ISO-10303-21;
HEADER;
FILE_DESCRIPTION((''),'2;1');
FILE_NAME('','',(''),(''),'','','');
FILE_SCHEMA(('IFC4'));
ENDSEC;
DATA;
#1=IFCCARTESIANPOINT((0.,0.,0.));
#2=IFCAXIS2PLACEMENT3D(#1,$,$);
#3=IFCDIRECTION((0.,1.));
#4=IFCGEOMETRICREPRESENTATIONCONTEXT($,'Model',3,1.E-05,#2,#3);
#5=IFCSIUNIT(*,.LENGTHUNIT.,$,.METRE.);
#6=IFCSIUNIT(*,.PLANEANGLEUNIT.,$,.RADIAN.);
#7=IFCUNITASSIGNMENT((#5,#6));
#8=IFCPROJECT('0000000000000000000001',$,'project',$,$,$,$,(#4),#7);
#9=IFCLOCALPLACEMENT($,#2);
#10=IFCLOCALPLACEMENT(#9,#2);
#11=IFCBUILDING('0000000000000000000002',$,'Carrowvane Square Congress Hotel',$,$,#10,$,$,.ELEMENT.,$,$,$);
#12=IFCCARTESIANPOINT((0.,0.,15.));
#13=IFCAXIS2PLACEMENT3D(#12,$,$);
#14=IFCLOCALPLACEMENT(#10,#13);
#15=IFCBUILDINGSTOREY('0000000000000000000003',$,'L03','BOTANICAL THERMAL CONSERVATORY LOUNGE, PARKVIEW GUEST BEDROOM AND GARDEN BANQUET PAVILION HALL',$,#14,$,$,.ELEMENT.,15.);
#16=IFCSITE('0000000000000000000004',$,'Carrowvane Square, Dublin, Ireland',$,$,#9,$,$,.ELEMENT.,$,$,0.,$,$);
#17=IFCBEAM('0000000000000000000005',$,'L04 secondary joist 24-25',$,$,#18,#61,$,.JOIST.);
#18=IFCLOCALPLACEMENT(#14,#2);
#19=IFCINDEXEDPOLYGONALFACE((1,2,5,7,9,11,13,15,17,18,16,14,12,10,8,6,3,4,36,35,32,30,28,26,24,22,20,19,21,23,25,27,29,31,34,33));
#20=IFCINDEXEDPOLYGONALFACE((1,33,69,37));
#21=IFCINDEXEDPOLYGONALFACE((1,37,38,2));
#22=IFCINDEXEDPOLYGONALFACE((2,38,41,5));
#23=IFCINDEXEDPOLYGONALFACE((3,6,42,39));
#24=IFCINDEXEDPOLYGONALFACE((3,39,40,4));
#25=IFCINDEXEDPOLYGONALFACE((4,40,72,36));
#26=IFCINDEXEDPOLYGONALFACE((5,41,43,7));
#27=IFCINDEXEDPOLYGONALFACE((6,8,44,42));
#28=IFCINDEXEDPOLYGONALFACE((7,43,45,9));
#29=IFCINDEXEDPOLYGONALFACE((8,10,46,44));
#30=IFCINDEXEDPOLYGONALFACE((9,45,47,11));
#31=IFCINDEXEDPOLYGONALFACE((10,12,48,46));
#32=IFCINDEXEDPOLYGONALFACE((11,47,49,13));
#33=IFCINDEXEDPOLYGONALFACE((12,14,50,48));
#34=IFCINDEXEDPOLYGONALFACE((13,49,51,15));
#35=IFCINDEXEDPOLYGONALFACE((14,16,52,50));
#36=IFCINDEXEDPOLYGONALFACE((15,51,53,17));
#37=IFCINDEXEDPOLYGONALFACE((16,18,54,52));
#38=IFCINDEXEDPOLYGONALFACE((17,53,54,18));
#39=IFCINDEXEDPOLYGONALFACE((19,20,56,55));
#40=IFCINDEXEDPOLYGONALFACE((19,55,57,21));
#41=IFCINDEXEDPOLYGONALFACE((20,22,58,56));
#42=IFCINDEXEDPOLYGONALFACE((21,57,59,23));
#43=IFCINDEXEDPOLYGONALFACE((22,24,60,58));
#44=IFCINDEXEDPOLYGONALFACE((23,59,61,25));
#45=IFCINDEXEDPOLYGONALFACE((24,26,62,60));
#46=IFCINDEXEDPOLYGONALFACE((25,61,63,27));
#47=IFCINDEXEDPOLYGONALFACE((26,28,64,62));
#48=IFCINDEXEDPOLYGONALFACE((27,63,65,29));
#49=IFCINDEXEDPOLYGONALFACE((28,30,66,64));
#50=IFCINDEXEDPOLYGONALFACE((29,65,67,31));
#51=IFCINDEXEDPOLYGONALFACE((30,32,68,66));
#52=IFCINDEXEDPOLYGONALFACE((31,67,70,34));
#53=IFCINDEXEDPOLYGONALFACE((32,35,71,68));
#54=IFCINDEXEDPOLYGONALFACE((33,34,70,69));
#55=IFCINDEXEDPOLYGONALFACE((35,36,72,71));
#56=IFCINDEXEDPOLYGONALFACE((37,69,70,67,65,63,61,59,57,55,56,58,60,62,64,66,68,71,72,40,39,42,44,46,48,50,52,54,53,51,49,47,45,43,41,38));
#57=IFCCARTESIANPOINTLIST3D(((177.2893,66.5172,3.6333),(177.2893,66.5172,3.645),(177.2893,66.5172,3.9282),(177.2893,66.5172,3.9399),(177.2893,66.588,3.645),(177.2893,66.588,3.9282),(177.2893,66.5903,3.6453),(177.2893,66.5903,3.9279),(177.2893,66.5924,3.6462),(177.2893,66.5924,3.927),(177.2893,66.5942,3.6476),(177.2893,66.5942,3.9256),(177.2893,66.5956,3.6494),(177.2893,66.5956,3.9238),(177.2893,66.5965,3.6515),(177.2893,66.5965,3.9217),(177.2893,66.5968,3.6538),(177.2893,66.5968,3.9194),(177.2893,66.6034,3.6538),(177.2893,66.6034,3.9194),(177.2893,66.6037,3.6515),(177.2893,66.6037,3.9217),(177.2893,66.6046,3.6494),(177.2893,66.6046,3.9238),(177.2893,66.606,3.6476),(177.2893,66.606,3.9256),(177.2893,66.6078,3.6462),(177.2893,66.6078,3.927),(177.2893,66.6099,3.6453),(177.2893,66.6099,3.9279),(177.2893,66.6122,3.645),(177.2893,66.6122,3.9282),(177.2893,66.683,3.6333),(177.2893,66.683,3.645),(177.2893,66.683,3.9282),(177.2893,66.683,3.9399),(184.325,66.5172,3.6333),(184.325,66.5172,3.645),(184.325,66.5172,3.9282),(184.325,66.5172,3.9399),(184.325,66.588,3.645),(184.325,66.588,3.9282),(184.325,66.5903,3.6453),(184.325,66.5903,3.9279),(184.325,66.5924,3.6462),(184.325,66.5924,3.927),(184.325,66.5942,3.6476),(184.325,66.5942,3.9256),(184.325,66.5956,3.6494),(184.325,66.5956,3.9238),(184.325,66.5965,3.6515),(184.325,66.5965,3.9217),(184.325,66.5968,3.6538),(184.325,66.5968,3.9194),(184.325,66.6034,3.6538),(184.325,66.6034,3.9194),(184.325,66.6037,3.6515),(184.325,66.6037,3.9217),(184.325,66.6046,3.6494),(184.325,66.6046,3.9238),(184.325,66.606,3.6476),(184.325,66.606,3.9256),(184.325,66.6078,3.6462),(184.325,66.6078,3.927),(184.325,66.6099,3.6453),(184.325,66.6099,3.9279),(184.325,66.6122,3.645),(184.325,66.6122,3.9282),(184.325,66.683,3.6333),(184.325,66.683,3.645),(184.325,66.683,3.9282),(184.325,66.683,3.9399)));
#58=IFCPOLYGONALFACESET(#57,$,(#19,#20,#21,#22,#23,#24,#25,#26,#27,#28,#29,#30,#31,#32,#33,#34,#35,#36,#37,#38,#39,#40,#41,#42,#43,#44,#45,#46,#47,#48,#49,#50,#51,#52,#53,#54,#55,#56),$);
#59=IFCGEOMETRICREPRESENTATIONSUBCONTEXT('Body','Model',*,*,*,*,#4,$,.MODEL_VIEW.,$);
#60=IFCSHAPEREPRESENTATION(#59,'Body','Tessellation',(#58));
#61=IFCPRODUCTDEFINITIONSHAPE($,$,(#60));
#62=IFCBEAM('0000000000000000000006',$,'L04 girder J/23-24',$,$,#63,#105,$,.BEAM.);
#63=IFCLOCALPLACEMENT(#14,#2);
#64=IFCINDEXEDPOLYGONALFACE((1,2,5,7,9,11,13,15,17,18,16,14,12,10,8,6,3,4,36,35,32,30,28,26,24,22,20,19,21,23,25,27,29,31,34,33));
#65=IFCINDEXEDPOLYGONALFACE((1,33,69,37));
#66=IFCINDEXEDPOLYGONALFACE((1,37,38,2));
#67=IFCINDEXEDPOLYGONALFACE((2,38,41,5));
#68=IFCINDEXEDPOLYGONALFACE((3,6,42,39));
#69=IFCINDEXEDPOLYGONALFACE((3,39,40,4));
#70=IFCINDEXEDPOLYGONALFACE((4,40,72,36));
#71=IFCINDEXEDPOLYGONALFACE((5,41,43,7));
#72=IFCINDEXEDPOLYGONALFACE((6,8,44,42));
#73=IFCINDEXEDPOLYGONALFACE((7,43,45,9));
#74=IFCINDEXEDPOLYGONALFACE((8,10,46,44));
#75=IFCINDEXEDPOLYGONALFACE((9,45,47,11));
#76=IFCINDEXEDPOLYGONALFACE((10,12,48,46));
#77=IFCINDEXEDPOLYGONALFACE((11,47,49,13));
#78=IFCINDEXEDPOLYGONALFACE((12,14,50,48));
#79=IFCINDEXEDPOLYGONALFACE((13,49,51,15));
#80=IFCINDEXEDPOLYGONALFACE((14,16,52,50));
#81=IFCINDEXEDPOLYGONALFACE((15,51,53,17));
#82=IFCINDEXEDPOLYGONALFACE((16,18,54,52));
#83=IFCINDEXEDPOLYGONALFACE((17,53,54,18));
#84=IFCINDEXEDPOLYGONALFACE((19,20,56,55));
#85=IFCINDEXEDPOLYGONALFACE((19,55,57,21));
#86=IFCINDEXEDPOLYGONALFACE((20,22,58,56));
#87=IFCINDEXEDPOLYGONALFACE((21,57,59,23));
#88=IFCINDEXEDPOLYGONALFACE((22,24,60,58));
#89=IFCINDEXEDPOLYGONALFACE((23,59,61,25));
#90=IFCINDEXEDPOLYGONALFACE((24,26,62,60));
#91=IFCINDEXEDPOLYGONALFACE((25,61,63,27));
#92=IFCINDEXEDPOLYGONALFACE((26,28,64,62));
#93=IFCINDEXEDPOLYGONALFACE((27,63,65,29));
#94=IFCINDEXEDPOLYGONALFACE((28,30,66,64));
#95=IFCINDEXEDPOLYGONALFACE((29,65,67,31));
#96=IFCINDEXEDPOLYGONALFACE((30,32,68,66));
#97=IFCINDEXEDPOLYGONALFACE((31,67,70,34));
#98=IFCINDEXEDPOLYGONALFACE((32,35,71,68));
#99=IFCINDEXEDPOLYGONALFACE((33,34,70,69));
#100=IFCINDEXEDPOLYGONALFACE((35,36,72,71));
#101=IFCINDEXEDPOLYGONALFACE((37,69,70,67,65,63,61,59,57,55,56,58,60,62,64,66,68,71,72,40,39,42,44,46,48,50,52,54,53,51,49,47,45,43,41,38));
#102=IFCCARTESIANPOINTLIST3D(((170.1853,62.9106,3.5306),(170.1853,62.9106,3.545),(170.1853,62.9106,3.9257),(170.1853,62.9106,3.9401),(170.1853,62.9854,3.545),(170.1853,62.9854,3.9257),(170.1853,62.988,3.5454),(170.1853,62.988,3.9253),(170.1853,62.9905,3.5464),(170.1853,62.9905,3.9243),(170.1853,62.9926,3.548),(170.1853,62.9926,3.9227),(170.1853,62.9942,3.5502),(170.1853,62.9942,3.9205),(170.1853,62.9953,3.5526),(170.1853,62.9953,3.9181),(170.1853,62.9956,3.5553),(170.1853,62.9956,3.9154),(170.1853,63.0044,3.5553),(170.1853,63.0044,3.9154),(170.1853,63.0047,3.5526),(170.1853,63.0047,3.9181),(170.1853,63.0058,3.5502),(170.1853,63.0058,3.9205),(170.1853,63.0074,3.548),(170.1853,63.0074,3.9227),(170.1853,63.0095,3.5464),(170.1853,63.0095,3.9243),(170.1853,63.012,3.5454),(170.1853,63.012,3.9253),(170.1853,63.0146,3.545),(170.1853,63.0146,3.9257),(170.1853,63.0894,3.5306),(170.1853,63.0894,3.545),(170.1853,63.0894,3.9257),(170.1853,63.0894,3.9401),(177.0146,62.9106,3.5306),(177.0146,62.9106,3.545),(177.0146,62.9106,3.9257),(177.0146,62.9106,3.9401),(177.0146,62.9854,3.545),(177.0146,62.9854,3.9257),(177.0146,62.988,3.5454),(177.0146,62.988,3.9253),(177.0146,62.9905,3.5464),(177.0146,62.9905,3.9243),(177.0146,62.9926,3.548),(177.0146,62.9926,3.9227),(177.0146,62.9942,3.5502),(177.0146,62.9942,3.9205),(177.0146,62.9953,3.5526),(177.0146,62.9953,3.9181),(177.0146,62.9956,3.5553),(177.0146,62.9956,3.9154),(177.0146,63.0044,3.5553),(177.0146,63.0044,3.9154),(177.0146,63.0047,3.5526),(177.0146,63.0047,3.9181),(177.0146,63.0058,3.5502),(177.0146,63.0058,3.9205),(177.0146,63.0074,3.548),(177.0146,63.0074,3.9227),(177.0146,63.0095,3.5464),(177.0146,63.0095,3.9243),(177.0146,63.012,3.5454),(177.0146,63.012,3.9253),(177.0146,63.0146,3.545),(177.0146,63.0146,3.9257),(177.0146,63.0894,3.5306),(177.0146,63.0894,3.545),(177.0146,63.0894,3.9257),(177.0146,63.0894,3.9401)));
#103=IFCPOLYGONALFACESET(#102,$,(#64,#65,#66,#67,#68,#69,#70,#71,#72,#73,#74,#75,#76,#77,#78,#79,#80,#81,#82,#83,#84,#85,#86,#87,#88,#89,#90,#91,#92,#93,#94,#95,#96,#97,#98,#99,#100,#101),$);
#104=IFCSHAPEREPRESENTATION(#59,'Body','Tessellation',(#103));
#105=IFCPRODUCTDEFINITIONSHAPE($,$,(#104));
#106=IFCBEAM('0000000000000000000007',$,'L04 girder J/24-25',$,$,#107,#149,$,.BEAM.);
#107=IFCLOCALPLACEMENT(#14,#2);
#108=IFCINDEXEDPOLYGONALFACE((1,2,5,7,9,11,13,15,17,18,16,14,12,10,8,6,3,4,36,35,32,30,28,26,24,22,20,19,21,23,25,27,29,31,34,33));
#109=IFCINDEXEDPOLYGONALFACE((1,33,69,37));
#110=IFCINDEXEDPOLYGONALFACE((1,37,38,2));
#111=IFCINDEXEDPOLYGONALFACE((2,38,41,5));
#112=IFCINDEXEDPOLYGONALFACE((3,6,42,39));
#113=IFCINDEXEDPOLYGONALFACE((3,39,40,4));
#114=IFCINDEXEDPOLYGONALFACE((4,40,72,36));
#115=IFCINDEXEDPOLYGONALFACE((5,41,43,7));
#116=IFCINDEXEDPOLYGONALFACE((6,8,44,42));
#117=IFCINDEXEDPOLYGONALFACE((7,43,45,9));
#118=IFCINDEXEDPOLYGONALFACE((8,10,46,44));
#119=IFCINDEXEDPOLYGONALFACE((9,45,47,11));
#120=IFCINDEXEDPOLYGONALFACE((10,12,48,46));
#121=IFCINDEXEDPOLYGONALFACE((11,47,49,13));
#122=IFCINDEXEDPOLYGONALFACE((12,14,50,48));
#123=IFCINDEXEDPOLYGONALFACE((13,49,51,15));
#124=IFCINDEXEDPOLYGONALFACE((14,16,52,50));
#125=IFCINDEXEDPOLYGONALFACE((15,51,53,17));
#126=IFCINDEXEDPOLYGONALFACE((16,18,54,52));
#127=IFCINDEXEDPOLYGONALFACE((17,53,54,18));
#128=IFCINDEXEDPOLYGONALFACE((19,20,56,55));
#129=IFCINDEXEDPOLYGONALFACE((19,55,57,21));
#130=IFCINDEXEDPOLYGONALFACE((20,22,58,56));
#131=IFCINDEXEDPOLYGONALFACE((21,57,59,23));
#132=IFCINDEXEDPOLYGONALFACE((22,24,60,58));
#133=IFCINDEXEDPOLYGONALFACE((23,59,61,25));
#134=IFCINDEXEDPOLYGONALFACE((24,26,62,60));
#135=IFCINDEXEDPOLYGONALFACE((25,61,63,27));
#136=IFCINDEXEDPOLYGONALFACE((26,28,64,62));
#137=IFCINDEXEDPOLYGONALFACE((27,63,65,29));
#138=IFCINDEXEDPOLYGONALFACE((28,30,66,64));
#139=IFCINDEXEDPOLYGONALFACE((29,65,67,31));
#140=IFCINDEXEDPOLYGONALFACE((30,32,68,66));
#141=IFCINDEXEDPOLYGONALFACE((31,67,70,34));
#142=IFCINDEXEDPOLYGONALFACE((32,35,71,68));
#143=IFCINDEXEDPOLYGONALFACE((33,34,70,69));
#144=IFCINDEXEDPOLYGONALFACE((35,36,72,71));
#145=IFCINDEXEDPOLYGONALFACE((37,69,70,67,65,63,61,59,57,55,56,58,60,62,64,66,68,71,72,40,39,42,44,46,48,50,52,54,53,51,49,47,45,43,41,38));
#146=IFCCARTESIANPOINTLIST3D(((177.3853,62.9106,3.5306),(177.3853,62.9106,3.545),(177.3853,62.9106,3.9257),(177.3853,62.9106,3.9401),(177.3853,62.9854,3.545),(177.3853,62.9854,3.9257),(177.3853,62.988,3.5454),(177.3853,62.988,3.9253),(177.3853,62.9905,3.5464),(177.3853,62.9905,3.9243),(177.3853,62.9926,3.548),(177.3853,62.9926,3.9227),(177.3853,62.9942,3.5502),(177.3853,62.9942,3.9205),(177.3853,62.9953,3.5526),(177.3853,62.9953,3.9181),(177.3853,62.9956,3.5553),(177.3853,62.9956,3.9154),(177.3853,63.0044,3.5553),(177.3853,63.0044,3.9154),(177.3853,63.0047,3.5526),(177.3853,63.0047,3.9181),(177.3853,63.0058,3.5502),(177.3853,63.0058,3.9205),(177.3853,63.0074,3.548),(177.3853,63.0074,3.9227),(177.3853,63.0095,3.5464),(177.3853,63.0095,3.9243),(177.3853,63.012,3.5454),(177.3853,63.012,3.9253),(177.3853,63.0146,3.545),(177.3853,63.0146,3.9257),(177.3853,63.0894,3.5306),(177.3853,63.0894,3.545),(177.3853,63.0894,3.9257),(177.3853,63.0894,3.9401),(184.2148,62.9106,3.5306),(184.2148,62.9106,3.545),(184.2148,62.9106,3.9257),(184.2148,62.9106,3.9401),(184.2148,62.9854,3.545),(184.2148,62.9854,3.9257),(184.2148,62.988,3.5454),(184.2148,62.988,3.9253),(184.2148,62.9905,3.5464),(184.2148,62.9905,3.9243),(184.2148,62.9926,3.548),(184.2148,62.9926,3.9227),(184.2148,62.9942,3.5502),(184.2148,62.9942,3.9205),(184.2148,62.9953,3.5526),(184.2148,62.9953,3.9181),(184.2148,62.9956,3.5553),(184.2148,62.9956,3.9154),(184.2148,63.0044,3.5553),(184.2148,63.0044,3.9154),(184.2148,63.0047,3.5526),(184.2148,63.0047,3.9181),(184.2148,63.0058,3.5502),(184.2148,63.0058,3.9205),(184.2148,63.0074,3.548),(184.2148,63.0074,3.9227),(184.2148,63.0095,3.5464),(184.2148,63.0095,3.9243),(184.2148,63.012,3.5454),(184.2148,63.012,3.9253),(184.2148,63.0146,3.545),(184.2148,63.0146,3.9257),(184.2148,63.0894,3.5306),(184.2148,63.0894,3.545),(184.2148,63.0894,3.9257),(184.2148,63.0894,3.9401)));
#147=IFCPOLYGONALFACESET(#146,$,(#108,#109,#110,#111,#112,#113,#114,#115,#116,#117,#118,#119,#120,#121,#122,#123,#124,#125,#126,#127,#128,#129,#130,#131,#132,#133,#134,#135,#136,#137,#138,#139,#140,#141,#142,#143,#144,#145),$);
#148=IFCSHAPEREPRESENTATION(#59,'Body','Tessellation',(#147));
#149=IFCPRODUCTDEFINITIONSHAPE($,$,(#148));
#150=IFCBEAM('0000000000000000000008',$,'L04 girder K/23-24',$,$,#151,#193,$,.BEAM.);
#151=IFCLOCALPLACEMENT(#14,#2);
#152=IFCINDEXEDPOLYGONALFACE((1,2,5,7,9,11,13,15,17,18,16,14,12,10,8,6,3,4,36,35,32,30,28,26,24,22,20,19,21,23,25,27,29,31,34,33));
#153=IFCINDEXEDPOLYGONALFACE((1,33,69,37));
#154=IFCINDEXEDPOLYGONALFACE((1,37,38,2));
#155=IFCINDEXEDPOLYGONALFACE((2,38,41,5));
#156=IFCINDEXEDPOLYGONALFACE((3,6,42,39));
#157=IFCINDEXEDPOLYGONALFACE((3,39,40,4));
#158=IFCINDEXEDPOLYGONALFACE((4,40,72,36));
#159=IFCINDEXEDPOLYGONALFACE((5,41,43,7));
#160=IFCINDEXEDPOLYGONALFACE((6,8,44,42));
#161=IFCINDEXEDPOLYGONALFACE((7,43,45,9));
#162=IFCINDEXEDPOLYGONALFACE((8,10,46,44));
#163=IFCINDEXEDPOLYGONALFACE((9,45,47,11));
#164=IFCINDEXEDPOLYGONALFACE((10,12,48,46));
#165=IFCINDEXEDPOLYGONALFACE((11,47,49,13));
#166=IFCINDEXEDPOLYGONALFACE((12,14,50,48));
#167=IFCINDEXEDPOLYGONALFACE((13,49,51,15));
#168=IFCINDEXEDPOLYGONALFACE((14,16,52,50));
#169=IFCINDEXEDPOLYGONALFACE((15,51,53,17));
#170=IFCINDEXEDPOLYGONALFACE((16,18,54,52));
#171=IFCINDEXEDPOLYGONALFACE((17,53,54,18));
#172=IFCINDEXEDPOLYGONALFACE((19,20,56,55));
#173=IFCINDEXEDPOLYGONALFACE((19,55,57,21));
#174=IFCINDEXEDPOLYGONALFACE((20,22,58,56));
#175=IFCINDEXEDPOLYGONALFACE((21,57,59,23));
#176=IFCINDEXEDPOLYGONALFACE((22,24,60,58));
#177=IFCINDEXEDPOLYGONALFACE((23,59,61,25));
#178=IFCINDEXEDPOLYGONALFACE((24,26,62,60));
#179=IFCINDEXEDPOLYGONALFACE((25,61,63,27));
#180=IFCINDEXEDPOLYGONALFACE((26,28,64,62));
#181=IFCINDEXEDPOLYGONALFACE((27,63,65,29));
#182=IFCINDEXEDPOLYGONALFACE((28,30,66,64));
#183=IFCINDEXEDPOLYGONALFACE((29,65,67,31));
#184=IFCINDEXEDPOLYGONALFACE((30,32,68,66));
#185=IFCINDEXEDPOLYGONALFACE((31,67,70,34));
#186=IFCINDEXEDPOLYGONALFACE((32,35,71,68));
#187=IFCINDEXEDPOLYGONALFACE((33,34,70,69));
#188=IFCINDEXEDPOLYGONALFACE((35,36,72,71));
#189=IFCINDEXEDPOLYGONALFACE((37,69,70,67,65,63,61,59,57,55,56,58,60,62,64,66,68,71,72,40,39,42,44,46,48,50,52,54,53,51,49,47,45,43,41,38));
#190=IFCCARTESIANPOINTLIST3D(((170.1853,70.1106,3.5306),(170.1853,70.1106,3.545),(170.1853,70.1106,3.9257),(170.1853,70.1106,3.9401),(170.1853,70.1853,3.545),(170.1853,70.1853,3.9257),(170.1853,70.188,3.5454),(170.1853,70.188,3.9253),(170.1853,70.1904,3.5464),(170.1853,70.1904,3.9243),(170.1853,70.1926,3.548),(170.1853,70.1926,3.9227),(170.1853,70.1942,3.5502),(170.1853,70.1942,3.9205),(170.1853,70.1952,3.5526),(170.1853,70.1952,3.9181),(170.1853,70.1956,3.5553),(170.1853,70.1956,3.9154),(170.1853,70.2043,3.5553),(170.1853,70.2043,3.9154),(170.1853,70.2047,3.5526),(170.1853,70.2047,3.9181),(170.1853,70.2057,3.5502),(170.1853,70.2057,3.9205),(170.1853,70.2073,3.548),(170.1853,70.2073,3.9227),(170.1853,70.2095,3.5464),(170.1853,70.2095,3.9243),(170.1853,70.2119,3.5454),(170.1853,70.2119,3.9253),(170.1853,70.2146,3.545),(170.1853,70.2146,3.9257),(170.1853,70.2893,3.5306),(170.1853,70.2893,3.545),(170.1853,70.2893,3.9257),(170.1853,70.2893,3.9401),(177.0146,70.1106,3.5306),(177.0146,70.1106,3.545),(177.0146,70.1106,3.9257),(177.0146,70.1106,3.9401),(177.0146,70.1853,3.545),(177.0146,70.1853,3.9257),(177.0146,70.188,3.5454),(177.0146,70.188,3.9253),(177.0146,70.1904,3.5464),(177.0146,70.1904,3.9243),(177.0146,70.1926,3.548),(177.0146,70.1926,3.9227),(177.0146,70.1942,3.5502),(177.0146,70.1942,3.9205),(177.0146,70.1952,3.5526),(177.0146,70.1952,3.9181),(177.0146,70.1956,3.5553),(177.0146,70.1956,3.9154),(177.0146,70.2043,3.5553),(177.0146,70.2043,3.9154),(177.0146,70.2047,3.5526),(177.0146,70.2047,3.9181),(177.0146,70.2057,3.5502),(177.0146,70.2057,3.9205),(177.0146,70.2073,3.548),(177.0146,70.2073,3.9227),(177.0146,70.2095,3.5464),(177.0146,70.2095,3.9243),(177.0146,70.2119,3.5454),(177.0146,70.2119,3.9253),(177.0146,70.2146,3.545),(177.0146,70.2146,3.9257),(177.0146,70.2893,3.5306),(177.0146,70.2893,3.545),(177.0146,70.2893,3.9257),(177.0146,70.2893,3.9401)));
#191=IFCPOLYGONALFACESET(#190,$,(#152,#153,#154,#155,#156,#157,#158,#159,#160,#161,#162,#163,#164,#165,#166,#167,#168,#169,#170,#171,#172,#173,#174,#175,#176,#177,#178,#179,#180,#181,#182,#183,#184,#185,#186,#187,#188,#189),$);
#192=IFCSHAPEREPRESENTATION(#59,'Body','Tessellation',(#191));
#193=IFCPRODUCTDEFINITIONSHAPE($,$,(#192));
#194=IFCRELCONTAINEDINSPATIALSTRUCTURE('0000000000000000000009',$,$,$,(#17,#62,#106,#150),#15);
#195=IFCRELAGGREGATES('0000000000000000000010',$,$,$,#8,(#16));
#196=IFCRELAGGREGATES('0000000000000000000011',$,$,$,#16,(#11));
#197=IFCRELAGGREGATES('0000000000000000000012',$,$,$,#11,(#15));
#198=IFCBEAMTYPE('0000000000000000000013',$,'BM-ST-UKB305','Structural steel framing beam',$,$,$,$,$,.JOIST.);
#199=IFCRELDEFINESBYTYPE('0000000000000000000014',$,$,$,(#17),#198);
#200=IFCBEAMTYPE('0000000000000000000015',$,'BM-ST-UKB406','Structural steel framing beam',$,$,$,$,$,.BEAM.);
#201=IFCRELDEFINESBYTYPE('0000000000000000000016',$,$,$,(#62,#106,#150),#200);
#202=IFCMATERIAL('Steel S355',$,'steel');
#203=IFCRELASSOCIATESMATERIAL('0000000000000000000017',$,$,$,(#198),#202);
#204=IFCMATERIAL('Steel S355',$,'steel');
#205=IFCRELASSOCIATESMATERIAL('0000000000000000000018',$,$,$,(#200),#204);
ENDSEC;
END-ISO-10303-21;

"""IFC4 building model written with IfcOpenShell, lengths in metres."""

from ifc_helpers import new_model, si_unit, direction, frame, origin, origin_2d, place, context, subcontext, project, spatial, i_section, extrude, material, material_profile, profile_set, type_object, element, save


model = new_model("IFC4")

# Units and contexts
model_context = context("Model", 3, precision=1e-05, world=origin(), true_north=direction((0.0, 1.0)))
body_context = subcontext(model_context, "Body", "Model", "MODEL_VIEW")
ifc_project = project(units=[si_unit("LENGTHUNIT", "METRE"), si_unit("PLANEANGLEUNIT", "RADIAN")], contexts=[model_context])

# Site, building, storey
site_placement = place(None, origin())
site = spatial("IfcSite", under=ifc_project, at=site_placement, Name="Carrowvane Square, Dublin, Ireland", CompositionType="ELEMENT", RefElevation=0.0)
building_placement = place(site_placement, origin())
building = spatial("IfcBuilding", under=site, at=building_placement, Name="Carrowvane Square Congress Hotel", CompositionType="ELEMENT")
storey_placement = place(building_placement, frame((0.0, 0.0, 15.0)))
storey = spatial("IfcBuildingStorey", under=building, at=storey_placement, Name="L03", Description="BOTANICAL THERMAL CONSERVATORY LOUNGE, PARKVIEW GUEST BEDROOM AND GARDEN BANQUET PAVILION HALL", CompositionType="ELEMENT", Elevation=15.0)

# Beams
ifc_material_1 = material(Name="Steel S355", Category="steel")
ifc_material_profile_1 = material_profile(ifc_material_1, i_section(OverallWidth=0.1658, OverallDepth=0.3066, WebThickness=0.0066, FlangeThickness=0.0117, FilletRadius=0.0088, at=origin_2d()), Name="UKB 305x165x46")
ifc_profile_set_1 = profile_set([ifc_material_profile_1], Name="Steel S355")
beam_type_1 = type_object("IfcBeamType", Name="BM-ST-UKB305", Description="Structural steel framing beam", PredefinedType="JOIST", material=ifc_profile_set_1)
beam_1_placement = place(storey_placement, frame((177.2893, 66.6001, 3.7866), z_axis=(1.0, 0.0, 0.0), x_axis=(0.0, 1.0, 0.0)))
element("IfcBeam", 1, at=beam_1_placement, inside=storey, type_object=beam_type_1, Name="L04 secondary joist 24-25", PredefinedType="JOIST", context=body_context, shape_type="SweptSolid", body=[
    extrude(i_section(OverallWidth=0.1658, OverallDepth=0.3066, WebThickness=0.0066, FlangeThickness=0.0117, FilletRadius=0.0088, at=origin_2d()), origin(), (0.0, 0.0, 1.0), 7.0356),
])
ifc_material_2 = material(Name="Steel S355", Category="steel")
ifc_material_profile_2 = material_profile(ifc_material_2, i_section(OverallWidth=0.1787, OverallDepth=0.4094, WebThickness=0.0088, FlangeThickness=0.0144, FilletRadius=0.0103, at=origin_2d()), Name="UKB 406x178x67")
ifc_profile_set_2 = profile_set([ifc_material_profile_2], Name="Steel S355")
beam_type_2 = type_object("IfcBeamType", Name="BM-ST-UKB406", Description="Structural steel framing beam", PredefinedType="BEAM", material=ifc_profile_set_2)
beam_2_placement = place(storey_placement, frame((170.1853, 63.0, 3.7354), z_axis=(1.0, 0.0, 0.0), x_axis=(0.0, 1.0, 0.0)))
element("IfcBeam", 2, at=beam_2_placement, inside=storey, type_object=beam_type_2, Name="L04 girder J/23-24", PredefinedType="BEAM", context=body_context, shape_type="SweptSolid", body=[
    extrude(i_section(OverallWidth=0.1787, OverallDepth=0.4094, WebThickness=0.0088, FlangeThickness=0.0144, FilletRadius=0.0103, at=origin_2d()), origin(), (0.0, 0.0, 1.0), 6.8293),
])
beam_3_placement = place(storey_placement, frame((177.3853, 63.0, 3.7354), z_axis=(1.0, 0.0, 0.0), x_axis=(0.0, 1.0, 0.0)))
element("IfcBeam", 3, at=beam_3_placement, inside=storey, type_object=beam_type_2, Name="L04 girder J/24-25", PredefinedType="BEAM", context=body_context, shape_type="SweptSolid", body=[
    extrude(i_section(OverallWidth=0.1787, OverallDepth=0.4094, WebThickness=0.0088, FlangeThickness=0.0144, FilletRadius=0.0103, at=origin_2d()), origin(), (0.0, 0.0, 1.0), 6.8296),
])
beam_4_placement = place(storey_placement, frame((170.1853, 70.2, 3.7354), z_axis=(1.0, 0.0, 0.0), x_axis=(0.0, 1.0, 0.0)))
element("IfcBeam", 4, at=beam_4_placement, inside=storey, type_object=beam_type_2, Name="L04 girder K/23-24", PredefinedType="BEAM", context=body_context, shape_type="SweptSolid", body=[
    extrude(i_section(OverallWidth=0.1787, OverallDepth=0.4094, WebThickness=0.0088, FlangeThickness=0.0144, FilletRadius=0.0103, at=origin_2d()), origin(), (0.0, 0.0, 1.0), 6.8293),
])

save(model, "model.ifc")
